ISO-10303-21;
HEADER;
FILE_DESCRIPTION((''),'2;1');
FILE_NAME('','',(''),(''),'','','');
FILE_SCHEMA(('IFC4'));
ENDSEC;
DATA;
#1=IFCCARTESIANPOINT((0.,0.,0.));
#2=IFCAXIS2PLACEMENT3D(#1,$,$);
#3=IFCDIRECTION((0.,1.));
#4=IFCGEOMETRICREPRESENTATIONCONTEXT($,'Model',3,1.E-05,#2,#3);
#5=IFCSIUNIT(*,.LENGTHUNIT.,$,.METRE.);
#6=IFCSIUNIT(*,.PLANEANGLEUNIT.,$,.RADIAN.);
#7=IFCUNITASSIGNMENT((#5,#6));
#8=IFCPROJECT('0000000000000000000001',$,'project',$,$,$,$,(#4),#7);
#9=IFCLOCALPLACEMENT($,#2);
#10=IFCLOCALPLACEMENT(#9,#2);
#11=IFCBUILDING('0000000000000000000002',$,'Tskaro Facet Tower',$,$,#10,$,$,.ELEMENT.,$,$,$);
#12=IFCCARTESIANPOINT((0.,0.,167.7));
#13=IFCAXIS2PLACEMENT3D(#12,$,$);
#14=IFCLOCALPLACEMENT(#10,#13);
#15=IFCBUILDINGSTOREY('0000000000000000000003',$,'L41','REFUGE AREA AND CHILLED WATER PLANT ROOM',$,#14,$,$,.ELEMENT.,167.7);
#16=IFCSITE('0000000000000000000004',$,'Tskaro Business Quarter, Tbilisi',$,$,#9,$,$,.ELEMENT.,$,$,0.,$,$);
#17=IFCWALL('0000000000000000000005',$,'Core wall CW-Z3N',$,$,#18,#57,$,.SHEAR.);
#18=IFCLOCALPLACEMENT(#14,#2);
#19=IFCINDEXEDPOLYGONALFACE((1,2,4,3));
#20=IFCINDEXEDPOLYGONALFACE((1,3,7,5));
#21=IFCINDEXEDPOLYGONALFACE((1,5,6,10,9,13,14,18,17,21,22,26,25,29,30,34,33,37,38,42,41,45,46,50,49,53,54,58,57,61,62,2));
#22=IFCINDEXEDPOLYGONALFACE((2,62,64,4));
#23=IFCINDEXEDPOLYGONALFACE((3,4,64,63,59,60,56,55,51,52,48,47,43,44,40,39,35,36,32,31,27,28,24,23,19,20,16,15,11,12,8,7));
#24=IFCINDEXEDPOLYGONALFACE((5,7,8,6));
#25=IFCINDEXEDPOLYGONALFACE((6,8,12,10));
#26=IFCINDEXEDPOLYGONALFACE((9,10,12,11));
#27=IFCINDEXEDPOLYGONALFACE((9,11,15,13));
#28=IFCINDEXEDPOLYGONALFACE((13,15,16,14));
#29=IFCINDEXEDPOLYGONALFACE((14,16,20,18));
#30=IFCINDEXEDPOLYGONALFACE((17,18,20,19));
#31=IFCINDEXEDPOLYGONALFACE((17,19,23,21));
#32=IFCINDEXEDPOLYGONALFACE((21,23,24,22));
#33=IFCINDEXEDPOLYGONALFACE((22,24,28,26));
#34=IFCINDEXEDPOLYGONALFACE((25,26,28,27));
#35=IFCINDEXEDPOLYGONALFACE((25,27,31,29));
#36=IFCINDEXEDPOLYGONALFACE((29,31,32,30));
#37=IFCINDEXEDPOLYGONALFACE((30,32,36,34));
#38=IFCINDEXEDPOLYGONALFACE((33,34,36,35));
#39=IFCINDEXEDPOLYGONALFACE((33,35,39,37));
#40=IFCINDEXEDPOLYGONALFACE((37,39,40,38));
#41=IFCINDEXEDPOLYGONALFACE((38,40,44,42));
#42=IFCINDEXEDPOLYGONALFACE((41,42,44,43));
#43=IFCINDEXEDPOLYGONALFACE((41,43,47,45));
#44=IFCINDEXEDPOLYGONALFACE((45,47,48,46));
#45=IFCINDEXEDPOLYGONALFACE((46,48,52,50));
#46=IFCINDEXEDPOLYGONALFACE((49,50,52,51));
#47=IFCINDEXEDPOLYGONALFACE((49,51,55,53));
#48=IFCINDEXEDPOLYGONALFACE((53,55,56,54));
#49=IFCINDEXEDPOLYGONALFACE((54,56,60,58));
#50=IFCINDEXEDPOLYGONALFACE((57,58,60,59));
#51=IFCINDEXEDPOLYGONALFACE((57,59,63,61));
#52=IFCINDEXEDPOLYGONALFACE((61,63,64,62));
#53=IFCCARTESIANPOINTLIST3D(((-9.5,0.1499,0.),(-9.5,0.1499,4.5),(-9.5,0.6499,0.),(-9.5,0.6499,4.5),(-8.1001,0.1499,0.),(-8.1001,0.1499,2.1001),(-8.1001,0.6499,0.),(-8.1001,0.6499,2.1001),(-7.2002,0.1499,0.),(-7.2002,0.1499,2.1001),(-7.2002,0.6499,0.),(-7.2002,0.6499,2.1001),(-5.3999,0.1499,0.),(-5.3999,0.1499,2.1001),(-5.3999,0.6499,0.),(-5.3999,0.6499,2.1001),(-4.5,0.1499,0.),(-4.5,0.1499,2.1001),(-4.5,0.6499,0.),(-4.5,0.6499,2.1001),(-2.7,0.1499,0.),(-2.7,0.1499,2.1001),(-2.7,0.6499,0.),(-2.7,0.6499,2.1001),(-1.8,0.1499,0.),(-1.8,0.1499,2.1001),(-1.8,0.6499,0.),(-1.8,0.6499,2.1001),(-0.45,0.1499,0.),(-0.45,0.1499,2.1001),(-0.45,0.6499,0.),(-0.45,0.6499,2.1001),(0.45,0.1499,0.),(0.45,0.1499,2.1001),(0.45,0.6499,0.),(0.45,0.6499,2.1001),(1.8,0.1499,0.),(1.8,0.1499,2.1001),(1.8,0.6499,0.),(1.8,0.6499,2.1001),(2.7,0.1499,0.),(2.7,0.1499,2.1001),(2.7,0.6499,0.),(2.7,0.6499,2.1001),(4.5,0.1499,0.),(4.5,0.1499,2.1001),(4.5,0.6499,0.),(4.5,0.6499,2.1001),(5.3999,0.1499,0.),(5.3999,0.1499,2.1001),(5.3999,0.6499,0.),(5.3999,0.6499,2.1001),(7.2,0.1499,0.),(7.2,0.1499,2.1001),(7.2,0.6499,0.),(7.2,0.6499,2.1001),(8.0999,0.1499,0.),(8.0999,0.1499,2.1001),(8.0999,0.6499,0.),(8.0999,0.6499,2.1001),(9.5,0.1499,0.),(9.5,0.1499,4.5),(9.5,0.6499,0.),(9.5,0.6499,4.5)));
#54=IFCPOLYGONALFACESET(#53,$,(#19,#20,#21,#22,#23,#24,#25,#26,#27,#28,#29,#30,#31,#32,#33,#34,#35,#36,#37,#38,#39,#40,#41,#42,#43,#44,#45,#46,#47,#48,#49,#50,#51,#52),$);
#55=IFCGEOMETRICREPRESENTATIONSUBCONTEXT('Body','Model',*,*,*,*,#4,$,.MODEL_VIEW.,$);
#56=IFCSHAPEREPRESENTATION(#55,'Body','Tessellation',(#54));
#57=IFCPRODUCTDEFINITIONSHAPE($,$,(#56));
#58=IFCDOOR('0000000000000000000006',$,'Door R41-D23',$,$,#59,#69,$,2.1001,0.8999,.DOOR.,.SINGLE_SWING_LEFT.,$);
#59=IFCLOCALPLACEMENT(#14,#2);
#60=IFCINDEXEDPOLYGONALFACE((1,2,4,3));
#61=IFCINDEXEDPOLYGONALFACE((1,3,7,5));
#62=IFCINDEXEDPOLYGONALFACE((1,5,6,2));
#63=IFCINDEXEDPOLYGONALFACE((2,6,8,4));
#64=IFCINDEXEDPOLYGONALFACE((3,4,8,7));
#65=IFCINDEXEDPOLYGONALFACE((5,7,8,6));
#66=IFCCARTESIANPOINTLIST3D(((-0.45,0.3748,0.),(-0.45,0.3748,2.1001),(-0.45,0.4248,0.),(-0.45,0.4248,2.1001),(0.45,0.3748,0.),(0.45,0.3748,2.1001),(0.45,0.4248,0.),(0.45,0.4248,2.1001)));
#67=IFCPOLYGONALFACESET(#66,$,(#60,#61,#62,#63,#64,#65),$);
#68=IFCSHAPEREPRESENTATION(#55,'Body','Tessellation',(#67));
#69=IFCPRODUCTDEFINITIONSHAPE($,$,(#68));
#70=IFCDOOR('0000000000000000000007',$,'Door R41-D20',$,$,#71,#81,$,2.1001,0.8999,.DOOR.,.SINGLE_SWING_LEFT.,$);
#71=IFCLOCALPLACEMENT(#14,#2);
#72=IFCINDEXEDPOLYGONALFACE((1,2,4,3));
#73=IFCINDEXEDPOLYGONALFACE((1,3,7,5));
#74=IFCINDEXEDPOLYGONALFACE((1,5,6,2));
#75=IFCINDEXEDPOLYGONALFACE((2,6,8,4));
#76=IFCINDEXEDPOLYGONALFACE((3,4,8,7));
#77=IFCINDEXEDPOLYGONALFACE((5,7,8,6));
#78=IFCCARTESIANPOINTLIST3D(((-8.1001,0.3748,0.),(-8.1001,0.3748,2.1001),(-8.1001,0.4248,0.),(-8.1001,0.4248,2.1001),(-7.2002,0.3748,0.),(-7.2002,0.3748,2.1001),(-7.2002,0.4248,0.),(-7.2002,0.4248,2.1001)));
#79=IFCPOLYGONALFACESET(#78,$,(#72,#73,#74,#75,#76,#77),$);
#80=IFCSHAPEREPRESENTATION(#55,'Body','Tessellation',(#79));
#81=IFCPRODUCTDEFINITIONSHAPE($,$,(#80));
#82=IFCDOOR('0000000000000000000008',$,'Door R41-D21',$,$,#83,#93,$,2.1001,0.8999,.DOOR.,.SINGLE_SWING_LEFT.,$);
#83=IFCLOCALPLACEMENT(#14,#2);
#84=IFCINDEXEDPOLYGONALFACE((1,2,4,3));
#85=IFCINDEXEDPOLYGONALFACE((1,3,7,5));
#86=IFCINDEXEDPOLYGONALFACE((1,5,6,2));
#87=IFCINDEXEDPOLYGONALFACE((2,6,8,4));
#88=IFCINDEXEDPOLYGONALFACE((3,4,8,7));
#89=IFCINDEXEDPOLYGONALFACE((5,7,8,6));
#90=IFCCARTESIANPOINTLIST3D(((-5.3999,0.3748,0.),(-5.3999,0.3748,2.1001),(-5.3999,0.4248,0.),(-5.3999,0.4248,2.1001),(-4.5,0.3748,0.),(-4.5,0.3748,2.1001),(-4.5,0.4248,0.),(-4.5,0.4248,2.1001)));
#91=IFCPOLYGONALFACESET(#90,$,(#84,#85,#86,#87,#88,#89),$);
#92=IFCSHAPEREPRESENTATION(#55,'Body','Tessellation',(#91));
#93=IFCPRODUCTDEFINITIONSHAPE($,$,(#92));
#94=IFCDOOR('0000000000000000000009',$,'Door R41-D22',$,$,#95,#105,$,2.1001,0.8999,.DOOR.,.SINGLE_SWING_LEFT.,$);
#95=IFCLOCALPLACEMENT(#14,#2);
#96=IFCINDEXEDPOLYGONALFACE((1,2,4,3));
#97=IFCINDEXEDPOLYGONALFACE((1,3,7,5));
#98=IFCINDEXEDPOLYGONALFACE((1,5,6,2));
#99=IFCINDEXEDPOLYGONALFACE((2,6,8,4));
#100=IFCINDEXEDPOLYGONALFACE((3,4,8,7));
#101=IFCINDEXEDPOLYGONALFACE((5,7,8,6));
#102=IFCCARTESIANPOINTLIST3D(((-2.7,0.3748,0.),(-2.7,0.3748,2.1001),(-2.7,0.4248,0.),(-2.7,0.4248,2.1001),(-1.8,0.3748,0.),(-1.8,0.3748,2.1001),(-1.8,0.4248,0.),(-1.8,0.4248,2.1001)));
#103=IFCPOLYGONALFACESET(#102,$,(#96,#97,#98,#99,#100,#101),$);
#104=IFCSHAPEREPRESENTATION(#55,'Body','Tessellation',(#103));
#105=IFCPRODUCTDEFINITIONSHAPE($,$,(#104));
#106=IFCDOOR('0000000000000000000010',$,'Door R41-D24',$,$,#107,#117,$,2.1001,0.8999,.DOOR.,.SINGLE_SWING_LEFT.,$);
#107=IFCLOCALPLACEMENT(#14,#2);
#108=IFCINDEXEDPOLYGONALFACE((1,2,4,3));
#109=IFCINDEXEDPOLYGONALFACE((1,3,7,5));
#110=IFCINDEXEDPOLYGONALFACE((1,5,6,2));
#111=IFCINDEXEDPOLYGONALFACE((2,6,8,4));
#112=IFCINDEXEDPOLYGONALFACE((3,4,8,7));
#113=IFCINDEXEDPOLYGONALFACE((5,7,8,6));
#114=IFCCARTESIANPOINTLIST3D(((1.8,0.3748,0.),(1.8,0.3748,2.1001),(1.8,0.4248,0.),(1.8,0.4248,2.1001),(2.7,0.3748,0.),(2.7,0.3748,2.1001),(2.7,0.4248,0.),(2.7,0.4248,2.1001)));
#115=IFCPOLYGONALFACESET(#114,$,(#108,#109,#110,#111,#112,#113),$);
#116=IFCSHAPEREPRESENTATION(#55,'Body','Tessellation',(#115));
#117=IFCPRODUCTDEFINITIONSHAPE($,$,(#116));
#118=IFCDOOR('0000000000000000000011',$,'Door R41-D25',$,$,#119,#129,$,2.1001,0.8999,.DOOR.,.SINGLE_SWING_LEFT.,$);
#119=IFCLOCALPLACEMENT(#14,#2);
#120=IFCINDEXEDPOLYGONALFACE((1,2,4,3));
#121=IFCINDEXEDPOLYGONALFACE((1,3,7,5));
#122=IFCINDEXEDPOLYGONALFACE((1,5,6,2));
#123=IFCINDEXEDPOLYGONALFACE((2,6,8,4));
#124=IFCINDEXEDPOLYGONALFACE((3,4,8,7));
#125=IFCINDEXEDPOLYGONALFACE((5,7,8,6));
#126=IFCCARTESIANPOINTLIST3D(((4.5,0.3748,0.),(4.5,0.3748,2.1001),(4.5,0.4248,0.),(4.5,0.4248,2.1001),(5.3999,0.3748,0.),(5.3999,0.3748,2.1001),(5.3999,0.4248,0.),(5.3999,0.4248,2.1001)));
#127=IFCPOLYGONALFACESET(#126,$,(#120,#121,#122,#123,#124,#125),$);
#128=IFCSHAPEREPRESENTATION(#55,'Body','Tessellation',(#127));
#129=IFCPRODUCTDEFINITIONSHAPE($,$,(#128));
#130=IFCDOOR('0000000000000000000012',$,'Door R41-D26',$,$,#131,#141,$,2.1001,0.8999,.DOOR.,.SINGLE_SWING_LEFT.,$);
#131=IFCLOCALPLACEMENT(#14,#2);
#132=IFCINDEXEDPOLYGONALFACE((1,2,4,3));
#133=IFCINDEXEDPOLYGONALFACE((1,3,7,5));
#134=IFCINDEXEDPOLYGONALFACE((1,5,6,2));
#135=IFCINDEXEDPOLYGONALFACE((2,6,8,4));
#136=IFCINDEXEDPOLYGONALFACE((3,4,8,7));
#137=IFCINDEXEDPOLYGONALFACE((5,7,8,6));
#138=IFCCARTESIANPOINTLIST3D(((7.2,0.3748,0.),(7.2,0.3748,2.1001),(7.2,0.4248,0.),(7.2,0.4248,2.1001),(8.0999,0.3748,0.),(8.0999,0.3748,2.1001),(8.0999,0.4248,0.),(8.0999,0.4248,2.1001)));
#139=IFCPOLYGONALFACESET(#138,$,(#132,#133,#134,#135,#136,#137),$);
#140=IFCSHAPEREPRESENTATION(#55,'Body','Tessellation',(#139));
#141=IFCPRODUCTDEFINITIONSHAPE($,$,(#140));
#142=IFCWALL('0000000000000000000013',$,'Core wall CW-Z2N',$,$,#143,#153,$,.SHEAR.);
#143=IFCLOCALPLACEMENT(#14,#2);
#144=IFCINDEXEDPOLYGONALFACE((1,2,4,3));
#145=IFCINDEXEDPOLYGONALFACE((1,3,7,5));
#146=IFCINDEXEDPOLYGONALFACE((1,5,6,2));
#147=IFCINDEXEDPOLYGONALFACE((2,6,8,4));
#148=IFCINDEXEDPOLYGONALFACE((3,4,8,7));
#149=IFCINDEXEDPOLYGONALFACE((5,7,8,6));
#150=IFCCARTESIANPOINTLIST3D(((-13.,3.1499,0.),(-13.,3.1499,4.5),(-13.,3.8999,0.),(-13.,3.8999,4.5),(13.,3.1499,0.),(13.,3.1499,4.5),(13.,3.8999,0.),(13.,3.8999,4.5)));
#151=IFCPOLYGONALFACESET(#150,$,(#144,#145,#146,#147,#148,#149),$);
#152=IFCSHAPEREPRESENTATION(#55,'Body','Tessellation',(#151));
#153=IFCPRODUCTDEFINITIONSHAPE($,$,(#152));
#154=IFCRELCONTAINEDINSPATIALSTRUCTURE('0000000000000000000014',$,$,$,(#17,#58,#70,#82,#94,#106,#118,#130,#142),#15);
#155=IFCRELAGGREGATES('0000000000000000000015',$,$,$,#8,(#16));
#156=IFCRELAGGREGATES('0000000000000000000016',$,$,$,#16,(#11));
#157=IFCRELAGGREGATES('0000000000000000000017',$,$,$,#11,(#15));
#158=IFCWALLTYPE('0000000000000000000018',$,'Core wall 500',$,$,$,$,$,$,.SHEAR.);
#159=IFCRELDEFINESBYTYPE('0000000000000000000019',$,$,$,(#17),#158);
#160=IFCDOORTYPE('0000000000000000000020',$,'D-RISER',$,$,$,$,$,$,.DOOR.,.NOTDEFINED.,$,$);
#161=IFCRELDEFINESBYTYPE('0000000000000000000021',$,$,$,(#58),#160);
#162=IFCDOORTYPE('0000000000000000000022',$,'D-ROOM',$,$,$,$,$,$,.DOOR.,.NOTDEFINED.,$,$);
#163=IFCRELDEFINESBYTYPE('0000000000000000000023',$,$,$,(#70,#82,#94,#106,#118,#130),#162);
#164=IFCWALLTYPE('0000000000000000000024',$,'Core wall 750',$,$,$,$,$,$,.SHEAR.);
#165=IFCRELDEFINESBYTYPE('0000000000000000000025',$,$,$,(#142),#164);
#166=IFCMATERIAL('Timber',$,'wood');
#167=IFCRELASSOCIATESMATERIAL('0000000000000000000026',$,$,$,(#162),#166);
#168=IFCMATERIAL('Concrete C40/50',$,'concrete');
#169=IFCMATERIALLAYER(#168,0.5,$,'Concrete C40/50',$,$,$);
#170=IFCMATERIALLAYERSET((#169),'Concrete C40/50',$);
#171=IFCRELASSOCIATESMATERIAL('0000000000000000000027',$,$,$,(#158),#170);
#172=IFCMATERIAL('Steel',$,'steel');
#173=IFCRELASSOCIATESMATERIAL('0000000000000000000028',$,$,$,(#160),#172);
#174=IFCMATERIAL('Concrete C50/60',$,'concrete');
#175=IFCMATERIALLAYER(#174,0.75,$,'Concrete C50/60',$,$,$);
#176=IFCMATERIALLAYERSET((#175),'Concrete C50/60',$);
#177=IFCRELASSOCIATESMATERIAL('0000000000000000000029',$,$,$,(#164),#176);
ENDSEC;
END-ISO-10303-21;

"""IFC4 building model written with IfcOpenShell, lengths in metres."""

from ifc_helpers import new_model, si_unit, direction, frame, frame_2d, origin, place, context, subcontext, project, spatial, rectangle, extrude, material, layer, layer_set, type_object, element, fill, save


model = new_model("IFC4")

# Units and contexts
model_context = context("Model", 3, precision=1e-05, world=origin(), true_north=direction((0.0, 1.0)))
body_context = subcontext(model_context, "Body", "Model", "MODEL_VIEW")
ifc_project = project(units=[si_unit("LENGTHUNIT", "METRE"), si_unit("PLANEANGLEUNIT", "RADIAN")], contexts=[model_context])

# Site, building, storey
site_placement = place(None, origin())
site = spatial("IfcSite", under=ifc_project, at=site_placement, Name="Tskaro Business Quarter, Tbilisi", CompositionType="ELEMENT", RefElevation=0.0)
building_placement = place(site_placement, origin())
building = spatial("IfcBuilding", under=site, at=building_placement, Name="Tskaro Facet Tower", CompositionType="ELEMENT")
storey_placement = place(building_placement, frame((0.0, 0.0, 167.7)))
storey = spatial("IfcBuildingStorey", under=building, at=storey_placement, Name="L41", Description="REFUGE AREA AND CHILLED WATER PLANT ROOM", CompositionType="ELEMENT", Elevation=167.7)

# Shared definitions
ifc_material_1 = material(Name="Timber", Category="wood")
door_type_1 = type_object("IfcDoorType", Name="D-ROOM", OperationType="NOTDEFINED", PredefinedType="DOOR", material=ifc_material_1)

# Wall, openings, doors
ifc_material_2 = material(Name="Concrete C40/50", Category="concrete")
ifc_layer_1 = layer(ifc_material_2, 0.5, Name="Concrete C40/50")
ifc_layer_set_1 = layer_set([ifc_layer_1], Name="Concrete C40/50")
wall_type_1 = type_object("IfcWallType", Name="Core wall 500", PredefinedType="SHEAR", material=ifc_layer_set_1)
wall_1_placement = place(storey_placement, frame((-9.5, 0.3999, 0.0), z_axis=(0.0, 0.0, 1.0), x_axis=(1.0, 0.0, 0.0)))
wall_1 = element("IfcWall", 1, at=wall_1_placement, inside=storey, type_object=wall_type_1, Name="Core wall CW-Z3N", PredefinedType="SHEAR", context=body_context, shape_type="SweptSolid", body=[
    extrude(rectangle(XDim=19.0, YDim=0.5, at=frame_2d((9.5, 0.0))), origin(), (0.0, 0.0, 1.0), 4.5),
])
opening_1_placement = place(wall_1_placement, frame((1.3999, 0.0, 0.0)))
opening_1 = element("IfcOpeningElement", 2, at=opening_1_placement, cuts=wall_1, PredefinedType="OPENING", context=body_context, shape_type="SweptSolid", body=[
    extrude(rectangle(XDim=0.8999, YDim=2.1001, at=frame_2d((0.45, 1.05))), frame((0.0, 0.26, 0.0), z_axis=(0.0, -1.0, 0.0), x_axis=(1.0, 0.0, 0.0)), (0.0, 0.0, 1.0), 0.52),
])
opening_2_placement = place(wall_1_placement, frame((4.1001, 0.0, 0.0)))
opening_2 = element("IfcOpeningElement", 3, at=opening_2_placement, cuts=wall_1, PredefinedType="OPENING", context=body_context, shape_type="SweptSolid", body=[
    extrude(rectangle(XDim=0.8999, YDim=2.1001, at=frame_2d((0.45, 1.05))), frame((0.0, 0.26, 0.0), z_axis=(0.0, -1.0, 0.0), x_axis=(1.0, 0.0, 0.0)), (0.0, 0.0, 1.0), 0.52),
])
opening_3_placement = place(wall_1_placement, frame((6.8, 0.0, 0.0)))
opening_3 = element("IfcOpeningElement", 4, at=opening_3_placement, cuts=wall_1, PredefinedType="OPENING", context=body_context, shape_type="SweptSolid", body=[
    extrude(rectangle(XDim=0.8999, YDim=2.1001, at=frame_2d((0.45, 1.05))), frame((0.0, 0.26, 0.0), z_axis=(0.0, -1.0, 0.0), x_axis=(1.0, 0.0, 0.0)), (0.0, 0.0, 1.0), 0.52),
])
opening_4_placement = place(wall_1_placement, frame((11.3, 0.0, 0.0)))
opening_4 = element("IfcOpeningElement", 5, at=opening_4_placement, cuts=wall_1, PredefinedType="OPENING", context=body_context, shape_type="SweptSolid", body=[
    extrude(rectangle(XDim=0.8999, YDim=2.1001, at=frame_2d((0.45, 1.05))), frame((0.0, 0.26, 0.0), z_axis=(0.0, -1.0, 0.0), x_axis=(1.0, 0.0, 0.0)), (0.0, 0.0, 1.0), 0.52),
])
opening_5_placement = place(wall_1_placement, frame((14.0, 0.0, 0.0)))
opening_5 = element("IfcOpeningElement", 6, at=opening_5_placement, cuts=wall_1, PredefinedType="OPENING", context=body_context, shape_type="SweptSolid", body=[
    extrude(rectangle(XDim=0.8999, YDim=2.1001, at=frame_2d((0.45, 1.05))), frame((0.0, 0.26, 0.0), z_axis=(0.0, -1.0, 0.0), x_axis=(1.0, 0.0, 0.0)), (0.0, 0.0, 1.0), 0.52),
])
opening_6_placement = place(wall_1_placement, frame((16.7, 0.0, 0.0)))
opening_6 = element("IfcOpeningElement", 7, at=opening_6_placement, cuts=wall_1, PredefinedType="OPENING", context=body_context, shape_type="SweptSolid", body=[
    extrude(rectangle(XDim=0.8999, YDim=2.1001, at=frame_2d((0.45, 1.05))), frame((0.0, 0.26, 0.0), z_axis=(0.0, -1.0, 0.0), x_axis=(1.0, 0.0, 0.0)), (0.0, 0.0, 1.0), 0.52),
])
opening_7_placement = place(wall_1_placement, frame((9.05, 0.0, 0.0)))
opening_7 = element("IfcOpeningElement", 8, at=opening_7_placement, cuts=wall_1, PredefinedType="OPENING", context=body_context, shape_type="SweptSolid", body=[
    extrude(rectangle(XDim=0.8999, YDim=2.1001, at=frame_2d((0.45, 1.05))), frame((0.0, 0.26, 0.0), z_axis=(0.0, -1.0, 0.0), x_axis=(1.0, 0.0, 0.0)), (0.0, 0.0, 1.0), 0.52),
])
ifc_material_3 = material(Name="Steel", Category="steel")
door_type_2 = type_object("IfcDoorType", Name="D-RISER", OperationType="NOTDEFINED", PredefinedType="DOOR", material=ifc_material_3)
door_1_placement = place(opening_7_placement, origin())
door_1 = element("IfcDoor", 9, at=door_1_placement, inside=storey, type_object=door_type_2, Name="Door R41-D23", OperationType="SINGLE_SWING_LEFT", OverallHeight=2.1001, OverallWidth=0.8999, PredefinedType="DOOR", context=body_context, shape_type="SweptSolid", body=[
    extrude(rectangle(XDim=0.8999, YDim=2.1001, at=frame_2d((0.45, 1.05))), frame((0.0, 0.0249, 0.0), z_axis=(0.0, -1.0, 0.0), x_axis=(1.0, 0.0, 0.0)), (0.0, 0.0, 1.0), 0.05),
])
fill(opening_7, door_1)
door_2_placement = place(opening_1_placement, origin())
door_2 = element("IfcDoor", 10, at=door_2_placement, inside=storey, type_object=door_type_1, Name="Door R41-D20", OperationType="SINGLE_SWING_LEFT", OverallHeight=2.1001, OverallWidth=0.8999, PredefinedType="DOOR", context=body_context, shape_type="SweptSolid", body=[
    extrude(rectangle(XDim=0.8999, YDim=2.1001, at=frame_2d((0.45, 1.05))), frame((0.0, 0.0249, 0.0), z_axis=(0.0, -1.0, 0.0), x_axis=(1.0, 0.0, 0.0)), (0.0, 0.0, 1.0), 0.05),
])
fill(opening_1, door_2)
door_3_placement = place(opening_2_placement, origin())
door_3 = element("IfcDoor", 11, at=door_3_placement, inside=storey, type_object=door_type_1, Name="Door R41-D21", OperationType="SINGLE_SWING_LEFT", OverallHeight=2.1001, OverallWidth=0.8999, PredefinedType="DOOR", context=body_context, shape_type="SweptSolid", body=[
    extrude(rectangle(XDim=0.8999, YDim=2.1001, at=frame_2d((0.45, 1.05))), frame((0.0, 0.0249, 0.0), z_axis=(0.0, -1.0, 0.0), x_axis=(1.0, 0.0, 0.0)), (0.0, 0.0, 1.0), 0.05),
])
fill(opening_2, door_3)
door_4_placement = place(opening_3_placement, origin())
door_4 = element("IfcDoor", 12, at=door_4_placement, inside=storey, type_object=door_type_1, Name="Door R41-D22", OperationType="SINGLE_SWING_LEFT", OverallHeight=2.1001, OverallWidth=0.8999, PredefinedType="DOOR", context=body_context, shape_type="SweptSolid", body=[
    extrude(rectangle(XDim=0.8999, YDim=2.1001, at=frame_2d((0.45, 1.05))), frame((0.0, 0.0249, 0.0), z_axis=(0.0, -1.0, 0.0), x_axis=(1.0, 0.0, 0.0)), (0.0, 0.0, 1.0), 0.05),
])
fill(opening_3, door_4)
door_5_placement = place(opening_4_placement, origin())
door_5 = element("IfcDoor", 13, at=door_5_placement, inside=storey, type_object=door_type_1, Name="Door R41-D24", OperationType="SINGLE_SWING_LEFT", OverallHeight=2.1001, OverallWidth=0.8999, PredefinedType="DOOR", context=body_context, shape_type="SweptSolid", body=[
    extrude(rectangle(XDim=0.8999, YDim=2.1001, at=frame_2d((0.45, 1.05))), frame((0.0, 0.0249, 0.0), z_axis=(0.0, -1.0, 0.0), x_axis=(1.0, 0.0, 0.0)), (0.0, 0.0, 1.0), 0.05),
])
fill(opening_4, door_5)
door_6_placement = place(opening_5_placement, origin())
door_6 = element("IfcDoor", 14, at=door_6_placement, inside=storey, type_object=door_type_1, Name="Door R41-D25", OperationType="SINGLE_SWING_LEFT", OverallHeight=2.1001, OverallWidth=0.8999, PredefinedType="DOOR", context=body_context, shape_type="SweptSolid", body=[
    extrude(rectangle(XDim=0.8999, YDim=2.1001, at=frame_2d((0.45, 1.05))), frame((0.0, 0.0249, 0.0), z_axis=(0.0, -1.0, 0.0), x_axis=(1.0, 0.0, 0.0)), (0.0, 0.0, 1.0), 0.05),
])
fill(opening_5, door_6)
door_7_placement = place(opening_6_placement, origin())
door_7 = element("IfcDoor", 15, at=door_7_placement, inside=storey, type_object=door_type_1, Name="Door R41-D26", OperationType="SINGLE_SWING_LEFT", OverallHeight=2.1001, OverallWidth=0.8999, PredefinedType="DOOR", context=body_context, shape_type="SweptSolid", body=[
    extrude(rectangle(XDim=0.8999, YDim=2.1001, at=frame_2d((0.45, 1.05))), frame((0.0, 0.0249, 0.0), z_axis=(0.0, -1.0, 0.0), x_axis=(1.0, 0.0, 0.0)), (0.0, 0.0, 1.0), 0.05),
])
fill(opening_6, door_7)

# Wall
ifc_material_4 = material(Name="Concrete C50/60", Category="concrete")
ifc_layer_2 = layer(ifc_material_4, 0.75, Name="Concrete C50/60")
ifc_layer_set_2 = layer_set([ifc_layer_2], Name="Concrete C50/60")
wall_type_2 = type_object("IfcWallType", Name="Core wall 750", PredefinedType="SHEAR", material=ifc_layer_set_2)
wall_2_placement = place(storey_placement, frame((-13.0, 3.5249, 0.0), z_axis=(0.0, 0.0, 1.0), x_axis=(1.0, 0.0, 0.0)))
element("IfcWall", 16, at=wall_2_placement, inside=storey, type_object=wall_type_2, Name="Core wall CW-Z2N", PredefinedType="SHEAR", context=body_context, shape_type="SweptSolid", body=[
    extrude(rectangle(XDim=26.0, YDim=0.75, at=frame_2d((13.0, 0.0))), origin(), (0.0, 0.0, 1.0), 4.5),
])

save(model, "model.ifc")
